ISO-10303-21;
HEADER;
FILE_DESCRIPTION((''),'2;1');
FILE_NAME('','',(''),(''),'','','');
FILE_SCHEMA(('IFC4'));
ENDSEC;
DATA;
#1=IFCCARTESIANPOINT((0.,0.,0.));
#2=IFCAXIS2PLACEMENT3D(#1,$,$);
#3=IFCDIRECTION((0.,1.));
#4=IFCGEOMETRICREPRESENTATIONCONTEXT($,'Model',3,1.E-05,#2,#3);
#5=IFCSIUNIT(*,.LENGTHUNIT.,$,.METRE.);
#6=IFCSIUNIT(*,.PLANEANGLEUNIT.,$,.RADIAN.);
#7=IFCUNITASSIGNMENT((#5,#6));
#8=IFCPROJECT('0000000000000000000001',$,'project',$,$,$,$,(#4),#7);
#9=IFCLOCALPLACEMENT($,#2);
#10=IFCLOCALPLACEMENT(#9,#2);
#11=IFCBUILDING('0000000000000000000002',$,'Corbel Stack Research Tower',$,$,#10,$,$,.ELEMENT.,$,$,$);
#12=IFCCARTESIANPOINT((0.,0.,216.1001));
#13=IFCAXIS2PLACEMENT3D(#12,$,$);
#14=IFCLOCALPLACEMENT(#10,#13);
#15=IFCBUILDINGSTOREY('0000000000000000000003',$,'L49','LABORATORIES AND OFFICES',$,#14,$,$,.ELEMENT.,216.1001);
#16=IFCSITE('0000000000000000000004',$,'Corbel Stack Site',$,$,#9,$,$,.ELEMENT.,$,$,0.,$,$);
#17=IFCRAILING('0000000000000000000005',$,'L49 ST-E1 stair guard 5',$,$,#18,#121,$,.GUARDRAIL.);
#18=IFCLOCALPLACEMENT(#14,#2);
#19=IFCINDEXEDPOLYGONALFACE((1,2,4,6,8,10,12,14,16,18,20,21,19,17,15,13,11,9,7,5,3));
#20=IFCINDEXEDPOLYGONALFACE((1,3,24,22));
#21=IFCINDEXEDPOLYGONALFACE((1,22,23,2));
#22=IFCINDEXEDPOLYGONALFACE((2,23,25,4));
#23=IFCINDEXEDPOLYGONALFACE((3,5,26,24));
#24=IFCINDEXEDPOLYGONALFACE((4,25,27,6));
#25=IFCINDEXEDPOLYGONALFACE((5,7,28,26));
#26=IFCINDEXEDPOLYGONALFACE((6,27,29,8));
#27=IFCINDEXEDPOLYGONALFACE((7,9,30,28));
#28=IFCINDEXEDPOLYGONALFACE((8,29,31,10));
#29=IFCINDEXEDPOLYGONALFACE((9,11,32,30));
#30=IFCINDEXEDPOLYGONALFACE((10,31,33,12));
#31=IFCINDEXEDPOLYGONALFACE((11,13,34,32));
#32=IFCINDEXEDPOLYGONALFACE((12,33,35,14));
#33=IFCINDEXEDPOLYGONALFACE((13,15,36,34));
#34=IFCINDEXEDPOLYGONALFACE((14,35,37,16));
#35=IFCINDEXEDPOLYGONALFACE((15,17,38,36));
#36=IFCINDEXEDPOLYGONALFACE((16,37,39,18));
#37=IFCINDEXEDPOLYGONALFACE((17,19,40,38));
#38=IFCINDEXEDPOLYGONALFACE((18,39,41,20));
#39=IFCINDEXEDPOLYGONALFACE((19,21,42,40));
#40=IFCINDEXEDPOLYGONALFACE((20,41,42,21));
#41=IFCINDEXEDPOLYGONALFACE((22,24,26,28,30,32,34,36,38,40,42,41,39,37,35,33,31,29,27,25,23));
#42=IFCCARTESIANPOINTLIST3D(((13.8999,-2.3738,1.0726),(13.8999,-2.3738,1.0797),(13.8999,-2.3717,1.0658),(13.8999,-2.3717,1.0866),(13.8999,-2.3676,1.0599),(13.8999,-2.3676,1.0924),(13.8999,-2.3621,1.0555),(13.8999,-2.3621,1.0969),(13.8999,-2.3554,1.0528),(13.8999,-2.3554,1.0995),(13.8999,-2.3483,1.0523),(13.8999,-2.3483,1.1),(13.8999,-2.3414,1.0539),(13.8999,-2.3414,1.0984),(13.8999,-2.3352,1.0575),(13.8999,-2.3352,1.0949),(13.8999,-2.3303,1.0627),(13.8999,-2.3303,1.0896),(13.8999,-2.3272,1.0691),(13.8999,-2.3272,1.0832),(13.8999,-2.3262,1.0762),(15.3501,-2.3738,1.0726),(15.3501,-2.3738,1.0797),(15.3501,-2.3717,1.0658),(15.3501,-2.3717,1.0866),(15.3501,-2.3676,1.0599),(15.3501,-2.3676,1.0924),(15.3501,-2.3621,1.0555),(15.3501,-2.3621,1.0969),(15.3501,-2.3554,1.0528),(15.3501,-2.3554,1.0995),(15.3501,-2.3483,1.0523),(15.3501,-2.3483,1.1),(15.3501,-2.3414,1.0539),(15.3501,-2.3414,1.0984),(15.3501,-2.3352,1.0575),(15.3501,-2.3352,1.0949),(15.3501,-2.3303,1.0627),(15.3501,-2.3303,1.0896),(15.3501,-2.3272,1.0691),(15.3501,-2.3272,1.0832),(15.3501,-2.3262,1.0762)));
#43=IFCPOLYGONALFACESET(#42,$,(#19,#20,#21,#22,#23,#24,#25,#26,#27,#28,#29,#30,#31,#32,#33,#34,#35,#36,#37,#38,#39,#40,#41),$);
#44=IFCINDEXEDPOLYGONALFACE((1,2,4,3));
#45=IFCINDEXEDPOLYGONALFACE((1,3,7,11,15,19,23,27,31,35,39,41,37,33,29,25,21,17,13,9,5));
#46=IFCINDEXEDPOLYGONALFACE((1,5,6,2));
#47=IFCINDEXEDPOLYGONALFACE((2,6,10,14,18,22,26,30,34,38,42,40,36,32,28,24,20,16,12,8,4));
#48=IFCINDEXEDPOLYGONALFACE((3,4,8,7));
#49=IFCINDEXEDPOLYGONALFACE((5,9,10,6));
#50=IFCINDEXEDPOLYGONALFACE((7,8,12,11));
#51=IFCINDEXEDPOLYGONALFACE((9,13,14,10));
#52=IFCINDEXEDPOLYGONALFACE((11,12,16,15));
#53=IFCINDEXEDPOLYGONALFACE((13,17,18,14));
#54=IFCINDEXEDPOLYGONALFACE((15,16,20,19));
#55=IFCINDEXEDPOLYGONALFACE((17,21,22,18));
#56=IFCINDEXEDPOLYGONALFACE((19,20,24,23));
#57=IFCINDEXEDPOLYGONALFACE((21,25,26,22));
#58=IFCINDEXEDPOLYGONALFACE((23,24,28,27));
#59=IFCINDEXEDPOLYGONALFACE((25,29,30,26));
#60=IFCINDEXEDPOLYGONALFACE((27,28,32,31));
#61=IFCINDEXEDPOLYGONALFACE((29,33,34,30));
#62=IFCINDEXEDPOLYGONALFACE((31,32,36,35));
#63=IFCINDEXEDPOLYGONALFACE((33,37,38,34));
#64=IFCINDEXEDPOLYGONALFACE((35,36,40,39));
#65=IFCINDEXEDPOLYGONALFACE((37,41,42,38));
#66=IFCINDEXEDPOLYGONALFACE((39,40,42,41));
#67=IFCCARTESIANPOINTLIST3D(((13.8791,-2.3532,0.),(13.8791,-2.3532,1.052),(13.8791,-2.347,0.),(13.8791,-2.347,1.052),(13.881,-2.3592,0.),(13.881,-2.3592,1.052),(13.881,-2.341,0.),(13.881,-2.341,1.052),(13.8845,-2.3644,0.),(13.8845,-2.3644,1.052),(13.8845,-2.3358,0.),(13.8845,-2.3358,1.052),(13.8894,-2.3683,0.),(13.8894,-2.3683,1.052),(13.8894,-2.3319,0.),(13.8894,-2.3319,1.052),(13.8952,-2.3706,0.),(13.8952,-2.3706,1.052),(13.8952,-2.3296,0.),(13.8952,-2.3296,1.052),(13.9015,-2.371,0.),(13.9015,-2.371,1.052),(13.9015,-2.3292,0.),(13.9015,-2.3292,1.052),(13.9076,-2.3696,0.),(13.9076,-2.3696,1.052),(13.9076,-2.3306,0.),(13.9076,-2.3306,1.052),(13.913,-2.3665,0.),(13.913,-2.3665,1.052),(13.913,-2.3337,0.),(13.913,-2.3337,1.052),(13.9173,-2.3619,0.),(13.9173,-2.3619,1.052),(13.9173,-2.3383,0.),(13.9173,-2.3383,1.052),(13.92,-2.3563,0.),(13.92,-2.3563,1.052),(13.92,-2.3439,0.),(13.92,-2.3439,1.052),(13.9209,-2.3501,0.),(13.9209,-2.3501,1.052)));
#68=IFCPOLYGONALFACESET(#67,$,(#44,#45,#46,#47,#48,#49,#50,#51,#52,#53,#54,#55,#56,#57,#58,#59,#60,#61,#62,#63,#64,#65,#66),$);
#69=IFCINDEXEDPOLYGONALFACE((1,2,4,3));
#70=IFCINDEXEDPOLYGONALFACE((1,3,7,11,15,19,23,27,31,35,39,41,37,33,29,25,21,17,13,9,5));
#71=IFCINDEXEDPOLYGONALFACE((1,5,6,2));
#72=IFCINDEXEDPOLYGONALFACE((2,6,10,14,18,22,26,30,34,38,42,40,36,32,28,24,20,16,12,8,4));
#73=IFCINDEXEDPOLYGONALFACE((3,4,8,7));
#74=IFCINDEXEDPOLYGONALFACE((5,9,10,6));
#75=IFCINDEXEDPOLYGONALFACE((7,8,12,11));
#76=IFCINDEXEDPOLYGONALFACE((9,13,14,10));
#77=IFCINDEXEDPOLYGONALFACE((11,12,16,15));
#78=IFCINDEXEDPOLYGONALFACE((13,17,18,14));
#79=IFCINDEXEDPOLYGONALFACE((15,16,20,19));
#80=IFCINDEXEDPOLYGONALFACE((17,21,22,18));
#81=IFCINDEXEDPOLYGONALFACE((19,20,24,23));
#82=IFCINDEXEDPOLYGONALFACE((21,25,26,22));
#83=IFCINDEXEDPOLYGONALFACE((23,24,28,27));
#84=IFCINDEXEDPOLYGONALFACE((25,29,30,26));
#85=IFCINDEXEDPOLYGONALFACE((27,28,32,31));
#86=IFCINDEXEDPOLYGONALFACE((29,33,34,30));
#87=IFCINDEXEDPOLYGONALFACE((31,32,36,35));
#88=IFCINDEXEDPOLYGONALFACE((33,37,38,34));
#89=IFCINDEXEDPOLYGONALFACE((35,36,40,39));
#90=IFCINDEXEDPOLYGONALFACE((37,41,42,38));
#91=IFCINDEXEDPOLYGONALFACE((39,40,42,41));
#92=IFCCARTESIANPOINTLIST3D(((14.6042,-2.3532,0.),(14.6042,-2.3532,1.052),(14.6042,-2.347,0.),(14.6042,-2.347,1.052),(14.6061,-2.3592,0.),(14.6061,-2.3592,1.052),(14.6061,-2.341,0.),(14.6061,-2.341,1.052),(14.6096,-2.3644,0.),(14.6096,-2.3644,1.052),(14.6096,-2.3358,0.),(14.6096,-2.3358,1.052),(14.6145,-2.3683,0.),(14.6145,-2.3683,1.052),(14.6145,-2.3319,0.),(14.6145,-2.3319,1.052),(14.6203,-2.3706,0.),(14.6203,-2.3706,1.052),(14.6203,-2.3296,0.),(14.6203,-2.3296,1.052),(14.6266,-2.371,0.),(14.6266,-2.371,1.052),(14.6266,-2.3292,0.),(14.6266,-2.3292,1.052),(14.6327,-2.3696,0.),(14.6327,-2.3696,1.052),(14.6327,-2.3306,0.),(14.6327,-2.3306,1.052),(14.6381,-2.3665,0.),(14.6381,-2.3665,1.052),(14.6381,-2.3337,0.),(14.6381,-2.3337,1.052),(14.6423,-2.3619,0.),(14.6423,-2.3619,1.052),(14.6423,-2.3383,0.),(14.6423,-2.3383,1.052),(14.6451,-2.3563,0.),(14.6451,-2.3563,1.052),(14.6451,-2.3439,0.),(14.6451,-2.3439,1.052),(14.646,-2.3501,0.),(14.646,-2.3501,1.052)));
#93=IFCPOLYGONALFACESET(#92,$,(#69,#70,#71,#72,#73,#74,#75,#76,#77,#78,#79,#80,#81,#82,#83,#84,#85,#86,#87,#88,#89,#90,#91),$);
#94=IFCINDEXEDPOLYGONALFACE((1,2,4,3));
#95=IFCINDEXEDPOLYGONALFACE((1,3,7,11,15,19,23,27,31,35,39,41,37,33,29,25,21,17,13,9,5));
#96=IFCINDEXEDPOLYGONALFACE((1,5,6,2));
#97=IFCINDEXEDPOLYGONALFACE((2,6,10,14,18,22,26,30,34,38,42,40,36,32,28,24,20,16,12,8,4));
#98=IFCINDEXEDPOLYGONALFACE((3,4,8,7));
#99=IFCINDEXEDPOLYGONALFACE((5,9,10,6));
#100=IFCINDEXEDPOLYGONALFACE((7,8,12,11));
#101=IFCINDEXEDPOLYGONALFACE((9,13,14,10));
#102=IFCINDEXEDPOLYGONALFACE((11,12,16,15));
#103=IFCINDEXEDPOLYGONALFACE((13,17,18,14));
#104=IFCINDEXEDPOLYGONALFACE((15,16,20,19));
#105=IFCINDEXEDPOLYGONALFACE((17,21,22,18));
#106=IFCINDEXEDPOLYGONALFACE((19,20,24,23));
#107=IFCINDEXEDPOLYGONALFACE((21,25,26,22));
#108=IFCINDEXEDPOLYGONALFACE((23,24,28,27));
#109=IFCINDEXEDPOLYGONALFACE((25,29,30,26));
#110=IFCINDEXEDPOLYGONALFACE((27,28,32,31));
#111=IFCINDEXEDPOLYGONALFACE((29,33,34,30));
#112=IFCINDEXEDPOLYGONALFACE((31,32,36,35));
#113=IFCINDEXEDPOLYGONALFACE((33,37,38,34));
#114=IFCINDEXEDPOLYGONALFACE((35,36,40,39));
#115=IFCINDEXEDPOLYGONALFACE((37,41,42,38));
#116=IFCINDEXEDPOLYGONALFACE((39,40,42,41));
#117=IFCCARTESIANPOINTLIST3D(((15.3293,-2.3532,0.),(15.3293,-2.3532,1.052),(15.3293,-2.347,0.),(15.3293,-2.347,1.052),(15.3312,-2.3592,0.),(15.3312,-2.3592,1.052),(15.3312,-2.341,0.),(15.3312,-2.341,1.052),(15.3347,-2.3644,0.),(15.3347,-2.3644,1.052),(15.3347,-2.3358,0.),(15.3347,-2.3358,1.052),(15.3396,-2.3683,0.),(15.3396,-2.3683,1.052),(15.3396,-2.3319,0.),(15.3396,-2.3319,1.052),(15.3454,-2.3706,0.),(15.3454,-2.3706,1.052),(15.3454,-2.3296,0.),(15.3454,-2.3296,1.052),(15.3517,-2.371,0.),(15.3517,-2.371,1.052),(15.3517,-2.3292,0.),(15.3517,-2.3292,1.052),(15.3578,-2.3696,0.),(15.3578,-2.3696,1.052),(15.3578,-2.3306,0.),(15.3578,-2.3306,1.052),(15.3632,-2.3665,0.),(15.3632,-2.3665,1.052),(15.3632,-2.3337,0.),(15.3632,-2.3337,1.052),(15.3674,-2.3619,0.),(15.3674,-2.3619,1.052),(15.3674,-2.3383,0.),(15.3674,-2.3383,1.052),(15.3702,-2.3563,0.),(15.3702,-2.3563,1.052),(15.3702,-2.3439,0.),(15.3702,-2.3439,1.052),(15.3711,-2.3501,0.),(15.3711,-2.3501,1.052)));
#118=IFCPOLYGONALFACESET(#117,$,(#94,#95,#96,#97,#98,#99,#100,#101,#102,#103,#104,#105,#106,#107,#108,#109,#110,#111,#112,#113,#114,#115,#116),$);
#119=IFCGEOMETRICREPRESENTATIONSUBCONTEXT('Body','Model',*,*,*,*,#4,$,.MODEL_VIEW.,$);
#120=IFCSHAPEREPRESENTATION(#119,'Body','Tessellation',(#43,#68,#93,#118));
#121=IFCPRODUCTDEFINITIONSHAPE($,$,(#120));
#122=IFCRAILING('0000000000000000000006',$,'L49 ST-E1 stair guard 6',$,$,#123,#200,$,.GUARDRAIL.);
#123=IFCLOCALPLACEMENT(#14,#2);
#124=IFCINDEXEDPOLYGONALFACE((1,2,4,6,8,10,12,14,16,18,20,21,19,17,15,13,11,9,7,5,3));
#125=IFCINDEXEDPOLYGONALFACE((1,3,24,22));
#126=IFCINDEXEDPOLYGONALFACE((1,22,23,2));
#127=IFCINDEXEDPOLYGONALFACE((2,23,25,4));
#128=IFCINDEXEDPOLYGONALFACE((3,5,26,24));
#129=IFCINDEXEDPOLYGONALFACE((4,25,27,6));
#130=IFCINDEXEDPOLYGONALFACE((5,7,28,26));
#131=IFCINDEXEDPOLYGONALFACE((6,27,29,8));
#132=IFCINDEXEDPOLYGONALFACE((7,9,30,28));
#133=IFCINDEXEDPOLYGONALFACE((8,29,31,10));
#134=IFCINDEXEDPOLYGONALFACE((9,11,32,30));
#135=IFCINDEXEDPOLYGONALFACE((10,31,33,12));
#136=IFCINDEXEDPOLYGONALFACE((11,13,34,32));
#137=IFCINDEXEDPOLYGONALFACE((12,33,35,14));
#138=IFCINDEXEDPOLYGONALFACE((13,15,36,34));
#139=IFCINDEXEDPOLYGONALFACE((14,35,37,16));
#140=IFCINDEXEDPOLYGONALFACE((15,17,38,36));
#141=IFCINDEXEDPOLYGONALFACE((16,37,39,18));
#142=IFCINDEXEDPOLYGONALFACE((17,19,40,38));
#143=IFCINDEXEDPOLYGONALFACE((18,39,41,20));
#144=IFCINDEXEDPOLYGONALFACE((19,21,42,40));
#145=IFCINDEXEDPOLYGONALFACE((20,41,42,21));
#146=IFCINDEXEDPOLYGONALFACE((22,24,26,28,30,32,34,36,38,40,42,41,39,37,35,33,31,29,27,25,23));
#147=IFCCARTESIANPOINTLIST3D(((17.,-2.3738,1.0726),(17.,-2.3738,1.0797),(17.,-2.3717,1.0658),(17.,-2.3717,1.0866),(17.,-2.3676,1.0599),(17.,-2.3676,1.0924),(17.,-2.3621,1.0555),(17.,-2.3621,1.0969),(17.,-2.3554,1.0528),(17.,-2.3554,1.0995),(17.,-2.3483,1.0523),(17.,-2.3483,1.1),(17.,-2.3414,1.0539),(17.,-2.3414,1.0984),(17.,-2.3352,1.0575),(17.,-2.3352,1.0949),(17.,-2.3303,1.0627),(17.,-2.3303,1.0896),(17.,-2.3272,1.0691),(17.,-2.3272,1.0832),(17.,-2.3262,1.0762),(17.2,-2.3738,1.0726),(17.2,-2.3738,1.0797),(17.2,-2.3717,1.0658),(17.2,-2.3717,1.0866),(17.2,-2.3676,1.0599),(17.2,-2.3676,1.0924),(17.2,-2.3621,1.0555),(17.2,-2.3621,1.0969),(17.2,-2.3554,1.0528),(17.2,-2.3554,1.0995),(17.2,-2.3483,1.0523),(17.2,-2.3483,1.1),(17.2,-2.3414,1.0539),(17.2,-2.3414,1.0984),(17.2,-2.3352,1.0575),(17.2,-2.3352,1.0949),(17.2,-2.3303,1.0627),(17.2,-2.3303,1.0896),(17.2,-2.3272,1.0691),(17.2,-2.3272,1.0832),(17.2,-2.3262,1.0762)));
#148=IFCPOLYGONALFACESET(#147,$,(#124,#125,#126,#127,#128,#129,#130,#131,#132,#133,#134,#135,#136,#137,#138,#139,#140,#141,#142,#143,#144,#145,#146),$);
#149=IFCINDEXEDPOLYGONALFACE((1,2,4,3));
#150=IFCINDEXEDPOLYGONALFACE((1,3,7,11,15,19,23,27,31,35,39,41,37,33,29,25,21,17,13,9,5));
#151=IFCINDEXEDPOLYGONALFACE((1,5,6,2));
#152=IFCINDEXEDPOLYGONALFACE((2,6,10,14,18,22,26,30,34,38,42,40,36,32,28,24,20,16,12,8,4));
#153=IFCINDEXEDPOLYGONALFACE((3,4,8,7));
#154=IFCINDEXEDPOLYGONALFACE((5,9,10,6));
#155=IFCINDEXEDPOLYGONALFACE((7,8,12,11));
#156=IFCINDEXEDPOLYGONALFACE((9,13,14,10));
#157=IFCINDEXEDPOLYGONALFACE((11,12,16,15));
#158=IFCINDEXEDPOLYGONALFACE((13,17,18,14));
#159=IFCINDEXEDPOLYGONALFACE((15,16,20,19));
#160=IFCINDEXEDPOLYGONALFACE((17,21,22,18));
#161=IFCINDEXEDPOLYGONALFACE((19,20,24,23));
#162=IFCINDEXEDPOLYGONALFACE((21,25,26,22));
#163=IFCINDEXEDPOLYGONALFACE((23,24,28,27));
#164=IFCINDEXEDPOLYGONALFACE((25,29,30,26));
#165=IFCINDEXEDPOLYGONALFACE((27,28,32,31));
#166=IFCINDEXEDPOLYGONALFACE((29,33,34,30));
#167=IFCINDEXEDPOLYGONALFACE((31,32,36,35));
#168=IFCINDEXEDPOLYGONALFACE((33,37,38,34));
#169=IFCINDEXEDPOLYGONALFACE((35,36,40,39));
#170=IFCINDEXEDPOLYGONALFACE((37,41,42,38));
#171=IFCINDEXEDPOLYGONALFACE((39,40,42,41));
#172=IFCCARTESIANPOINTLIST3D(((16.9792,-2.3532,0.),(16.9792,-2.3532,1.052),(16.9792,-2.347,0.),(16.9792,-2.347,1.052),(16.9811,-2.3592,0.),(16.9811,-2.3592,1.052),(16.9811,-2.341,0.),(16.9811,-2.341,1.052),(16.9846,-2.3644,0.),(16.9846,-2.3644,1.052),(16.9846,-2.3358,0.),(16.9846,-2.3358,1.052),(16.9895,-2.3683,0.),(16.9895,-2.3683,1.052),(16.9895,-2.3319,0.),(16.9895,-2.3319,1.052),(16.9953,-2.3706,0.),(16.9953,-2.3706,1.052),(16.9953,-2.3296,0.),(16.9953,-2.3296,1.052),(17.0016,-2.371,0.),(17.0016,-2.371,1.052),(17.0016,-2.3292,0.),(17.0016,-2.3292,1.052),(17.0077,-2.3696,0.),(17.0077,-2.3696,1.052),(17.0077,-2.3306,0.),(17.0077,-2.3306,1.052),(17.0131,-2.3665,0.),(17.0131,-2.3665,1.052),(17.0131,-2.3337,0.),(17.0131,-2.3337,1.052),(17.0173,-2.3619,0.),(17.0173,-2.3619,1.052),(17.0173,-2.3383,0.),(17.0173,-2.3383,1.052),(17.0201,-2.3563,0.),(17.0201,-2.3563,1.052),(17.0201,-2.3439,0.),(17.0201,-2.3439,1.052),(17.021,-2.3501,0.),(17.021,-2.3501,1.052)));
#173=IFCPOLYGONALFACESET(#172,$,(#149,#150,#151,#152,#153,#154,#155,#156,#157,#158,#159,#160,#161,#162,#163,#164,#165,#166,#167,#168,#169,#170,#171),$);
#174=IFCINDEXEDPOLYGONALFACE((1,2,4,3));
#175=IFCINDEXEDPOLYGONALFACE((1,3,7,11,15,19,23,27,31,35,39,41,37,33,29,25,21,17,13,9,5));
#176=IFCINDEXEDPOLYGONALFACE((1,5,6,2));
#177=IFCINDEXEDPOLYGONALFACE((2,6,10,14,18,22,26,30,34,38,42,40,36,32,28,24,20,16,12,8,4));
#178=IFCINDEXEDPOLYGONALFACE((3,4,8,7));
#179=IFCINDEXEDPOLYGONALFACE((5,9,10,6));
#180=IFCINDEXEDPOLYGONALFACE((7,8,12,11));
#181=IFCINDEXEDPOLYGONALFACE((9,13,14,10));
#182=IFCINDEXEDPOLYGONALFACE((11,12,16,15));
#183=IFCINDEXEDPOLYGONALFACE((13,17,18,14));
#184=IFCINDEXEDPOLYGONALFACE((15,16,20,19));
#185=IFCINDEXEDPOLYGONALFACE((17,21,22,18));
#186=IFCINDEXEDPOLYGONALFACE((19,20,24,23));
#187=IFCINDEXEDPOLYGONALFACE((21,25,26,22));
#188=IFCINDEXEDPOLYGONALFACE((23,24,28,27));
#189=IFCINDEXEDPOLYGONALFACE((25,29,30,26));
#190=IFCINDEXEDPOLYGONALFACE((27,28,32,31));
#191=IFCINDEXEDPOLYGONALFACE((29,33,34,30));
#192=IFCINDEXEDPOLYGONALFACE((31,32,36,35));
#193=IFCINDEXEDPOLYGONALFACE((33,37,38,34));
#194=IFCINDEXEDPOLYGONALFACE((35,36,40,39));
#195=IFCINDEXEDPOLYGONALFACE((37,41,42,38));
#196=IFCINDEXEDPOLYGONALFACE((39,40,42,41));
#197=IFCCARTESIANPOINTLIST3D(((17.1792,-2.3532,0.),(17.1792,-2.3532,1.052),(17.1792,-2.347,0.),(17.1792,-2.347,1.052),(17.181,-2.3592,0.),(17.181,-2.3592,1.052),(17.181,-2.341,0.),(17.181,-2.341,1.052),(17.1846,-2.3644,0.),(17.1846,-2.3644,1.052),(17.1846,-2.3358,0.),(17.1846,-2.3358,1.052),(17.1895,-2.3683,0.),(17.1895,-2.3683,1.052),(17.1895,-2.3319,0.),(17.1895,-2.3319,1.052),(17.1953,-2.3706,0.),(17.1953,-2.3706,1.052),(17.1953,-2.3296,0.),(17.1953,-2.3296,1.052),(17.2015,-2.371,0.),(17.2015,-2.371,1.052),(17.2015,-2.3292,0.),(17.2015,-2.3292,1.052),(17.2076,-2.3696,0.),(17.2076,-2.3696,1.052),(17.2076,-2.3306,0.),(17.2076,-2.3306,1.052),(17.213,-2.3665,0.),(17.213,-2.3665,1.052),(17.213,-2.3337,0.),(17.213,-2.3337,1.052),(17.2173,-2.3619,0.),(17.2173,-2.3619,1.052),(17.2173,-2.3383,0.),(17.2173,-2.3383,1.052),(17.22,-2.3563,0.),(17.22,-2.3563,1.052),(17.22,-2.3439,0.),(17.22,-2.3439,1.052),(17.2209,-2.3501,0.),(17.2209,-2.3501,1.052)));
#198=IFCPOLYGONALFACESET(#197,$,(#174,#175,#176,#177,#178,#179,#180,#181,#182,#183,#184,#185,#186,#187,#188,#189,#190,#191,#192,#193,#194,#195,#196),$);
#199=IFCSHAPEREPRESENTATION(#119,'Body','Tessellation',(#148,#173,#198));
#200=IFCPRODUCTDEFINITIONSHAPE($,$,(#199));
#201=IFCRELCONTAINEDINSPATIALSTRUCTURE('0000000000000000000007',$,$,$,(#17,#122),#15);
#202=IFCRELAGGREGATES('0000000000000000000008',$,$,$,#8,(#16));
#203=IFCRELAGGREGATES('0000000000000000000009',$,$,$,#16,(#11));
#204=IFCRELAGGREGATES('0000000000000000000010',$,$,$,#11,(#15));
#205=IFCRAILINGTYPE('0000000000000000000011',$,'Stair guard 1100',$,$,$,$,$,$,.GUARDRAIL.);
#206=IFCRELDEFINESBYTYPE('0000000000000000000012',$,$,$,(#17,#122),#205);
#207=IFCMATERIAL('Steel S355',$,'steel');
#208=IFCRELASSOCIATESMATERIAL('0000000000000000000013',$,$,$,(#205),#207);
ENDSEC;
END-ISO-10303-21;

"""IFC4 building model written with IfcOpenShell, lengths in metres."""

from ifc_helpers import new_model, si_unit, direction, frame, origin, origin_2d, place, context, subcontext, project, spatial, circle, extrude, material, type_object, element, save


model = new_model("IFC4")

# Units and contexts
model_context = context("Model", 3, precision=1e-05, world=origin(), true_north=direction((0.0, 1.0)))
body_context = subcontext(model_context, "Body", "Model", "MODEL_VIEW")
ifc_project = project(units=[si_unit("LENGTHUNIT", "METRE"), si_unit("PLANEANGLEUNIT", "RADIAN")], contexts=[model_context])

# Site, building, storey
site_placement = place(None, origin())
site = spatial("IfcSite", under=ifc_project, at=site_placement, Name="Corbel Stack Site", CompositionType="ELEMENT", RefElevation=0.0)
building_placement = place(site_placement, origin())
building = spatial("IfcBuilding", under=site, at=building_placement, Name="Corbel Stack Research Tower", CompositionType="ELEMENT")
storey_placement = place(building_placement, frame((0.0, 0.0, 216.1001)))
storey = spatial("IfcBuildingStorey", under=building, at=storey_placement, Name="L49", Description="LABORATORIES AND OFFICES", CompositionType="ELEMENT", Elevation=216.1001)

# Railings
ifc_material_1 = material(Name="Steel S355", Category="steel")
railing_type_1 = type_object("IfcRailingType", Name="Stair guard 1100", PredefinedType="GUARDRAIL", material=ifc_material_1)
railing_1_placement = place(storey_placement, frame((13.8999, -2.3501, 0.0)))
element("IfcRailing", 1, at=railing_1_placement, inside=storey, type_object=railing_type_1, Name="L49 ST-E1 stair guard 5", PredefinedType="GUARDRAIL", context=body_context, shape_type="SweptSolid", body=[
    extrude(circle(Radius=0.0239, at=origin_2d()), frame((0.0, 0.0, 1.0762), z_axis=(1.0, 0.0, 0.0), x_axis=(0.0, 1.0, 0.0)), (0.0, 0.0, 1.0), 1.4502),
    extrude(circle(Radius=0.021, at=origin_2d()), origin(), (0.0, 0.0, 1.0), 1.052),
    extrude(circle(Radius=0.021, at=origin_2d()), frame((0.7251, 0.0, 0.0)), (0.0, 0.0, 1.0), 1.052),
    extrude(circle(Radius=0.021, at=origin_2d()), frame((1.4502, 0.0, 0.0)), (0.0, 0.0, 1.0), 1.052),
])
railing_2_placement = place(storey_placement, frame((17.0, -2.3501, 0.0)))
element("IfcRailing", 2, at=railing_2_placement, inside=storey, type_object=railing_type_1, Name="L49 ST-E1 stair guard 6", PredefinedType="GUARDRAIL", context=body_context, shape_type="SweptSolid", body=[
    extrude(circle(Radius=0.0239, at=origin_2d()), frame((0.0, 0.0, 1.0762), z_axis=(1.0, 0.0, 0.0), x_axis=(0.0, 1.0, 0.0)), (0.0, 0.0, 1.0), 0.2),
    extrude(circle(Radius=0.021, at=origin_2d()), origin(), (0.0, 0.0, 1.0), 1.052),
    extrude(circle(Radius=0.021, at=origin_2d()), frame((0.2, 0.0, 0.0)), (0.0, 0.0, 1.0), 1.052),
])

save(model, "model.ifc")
